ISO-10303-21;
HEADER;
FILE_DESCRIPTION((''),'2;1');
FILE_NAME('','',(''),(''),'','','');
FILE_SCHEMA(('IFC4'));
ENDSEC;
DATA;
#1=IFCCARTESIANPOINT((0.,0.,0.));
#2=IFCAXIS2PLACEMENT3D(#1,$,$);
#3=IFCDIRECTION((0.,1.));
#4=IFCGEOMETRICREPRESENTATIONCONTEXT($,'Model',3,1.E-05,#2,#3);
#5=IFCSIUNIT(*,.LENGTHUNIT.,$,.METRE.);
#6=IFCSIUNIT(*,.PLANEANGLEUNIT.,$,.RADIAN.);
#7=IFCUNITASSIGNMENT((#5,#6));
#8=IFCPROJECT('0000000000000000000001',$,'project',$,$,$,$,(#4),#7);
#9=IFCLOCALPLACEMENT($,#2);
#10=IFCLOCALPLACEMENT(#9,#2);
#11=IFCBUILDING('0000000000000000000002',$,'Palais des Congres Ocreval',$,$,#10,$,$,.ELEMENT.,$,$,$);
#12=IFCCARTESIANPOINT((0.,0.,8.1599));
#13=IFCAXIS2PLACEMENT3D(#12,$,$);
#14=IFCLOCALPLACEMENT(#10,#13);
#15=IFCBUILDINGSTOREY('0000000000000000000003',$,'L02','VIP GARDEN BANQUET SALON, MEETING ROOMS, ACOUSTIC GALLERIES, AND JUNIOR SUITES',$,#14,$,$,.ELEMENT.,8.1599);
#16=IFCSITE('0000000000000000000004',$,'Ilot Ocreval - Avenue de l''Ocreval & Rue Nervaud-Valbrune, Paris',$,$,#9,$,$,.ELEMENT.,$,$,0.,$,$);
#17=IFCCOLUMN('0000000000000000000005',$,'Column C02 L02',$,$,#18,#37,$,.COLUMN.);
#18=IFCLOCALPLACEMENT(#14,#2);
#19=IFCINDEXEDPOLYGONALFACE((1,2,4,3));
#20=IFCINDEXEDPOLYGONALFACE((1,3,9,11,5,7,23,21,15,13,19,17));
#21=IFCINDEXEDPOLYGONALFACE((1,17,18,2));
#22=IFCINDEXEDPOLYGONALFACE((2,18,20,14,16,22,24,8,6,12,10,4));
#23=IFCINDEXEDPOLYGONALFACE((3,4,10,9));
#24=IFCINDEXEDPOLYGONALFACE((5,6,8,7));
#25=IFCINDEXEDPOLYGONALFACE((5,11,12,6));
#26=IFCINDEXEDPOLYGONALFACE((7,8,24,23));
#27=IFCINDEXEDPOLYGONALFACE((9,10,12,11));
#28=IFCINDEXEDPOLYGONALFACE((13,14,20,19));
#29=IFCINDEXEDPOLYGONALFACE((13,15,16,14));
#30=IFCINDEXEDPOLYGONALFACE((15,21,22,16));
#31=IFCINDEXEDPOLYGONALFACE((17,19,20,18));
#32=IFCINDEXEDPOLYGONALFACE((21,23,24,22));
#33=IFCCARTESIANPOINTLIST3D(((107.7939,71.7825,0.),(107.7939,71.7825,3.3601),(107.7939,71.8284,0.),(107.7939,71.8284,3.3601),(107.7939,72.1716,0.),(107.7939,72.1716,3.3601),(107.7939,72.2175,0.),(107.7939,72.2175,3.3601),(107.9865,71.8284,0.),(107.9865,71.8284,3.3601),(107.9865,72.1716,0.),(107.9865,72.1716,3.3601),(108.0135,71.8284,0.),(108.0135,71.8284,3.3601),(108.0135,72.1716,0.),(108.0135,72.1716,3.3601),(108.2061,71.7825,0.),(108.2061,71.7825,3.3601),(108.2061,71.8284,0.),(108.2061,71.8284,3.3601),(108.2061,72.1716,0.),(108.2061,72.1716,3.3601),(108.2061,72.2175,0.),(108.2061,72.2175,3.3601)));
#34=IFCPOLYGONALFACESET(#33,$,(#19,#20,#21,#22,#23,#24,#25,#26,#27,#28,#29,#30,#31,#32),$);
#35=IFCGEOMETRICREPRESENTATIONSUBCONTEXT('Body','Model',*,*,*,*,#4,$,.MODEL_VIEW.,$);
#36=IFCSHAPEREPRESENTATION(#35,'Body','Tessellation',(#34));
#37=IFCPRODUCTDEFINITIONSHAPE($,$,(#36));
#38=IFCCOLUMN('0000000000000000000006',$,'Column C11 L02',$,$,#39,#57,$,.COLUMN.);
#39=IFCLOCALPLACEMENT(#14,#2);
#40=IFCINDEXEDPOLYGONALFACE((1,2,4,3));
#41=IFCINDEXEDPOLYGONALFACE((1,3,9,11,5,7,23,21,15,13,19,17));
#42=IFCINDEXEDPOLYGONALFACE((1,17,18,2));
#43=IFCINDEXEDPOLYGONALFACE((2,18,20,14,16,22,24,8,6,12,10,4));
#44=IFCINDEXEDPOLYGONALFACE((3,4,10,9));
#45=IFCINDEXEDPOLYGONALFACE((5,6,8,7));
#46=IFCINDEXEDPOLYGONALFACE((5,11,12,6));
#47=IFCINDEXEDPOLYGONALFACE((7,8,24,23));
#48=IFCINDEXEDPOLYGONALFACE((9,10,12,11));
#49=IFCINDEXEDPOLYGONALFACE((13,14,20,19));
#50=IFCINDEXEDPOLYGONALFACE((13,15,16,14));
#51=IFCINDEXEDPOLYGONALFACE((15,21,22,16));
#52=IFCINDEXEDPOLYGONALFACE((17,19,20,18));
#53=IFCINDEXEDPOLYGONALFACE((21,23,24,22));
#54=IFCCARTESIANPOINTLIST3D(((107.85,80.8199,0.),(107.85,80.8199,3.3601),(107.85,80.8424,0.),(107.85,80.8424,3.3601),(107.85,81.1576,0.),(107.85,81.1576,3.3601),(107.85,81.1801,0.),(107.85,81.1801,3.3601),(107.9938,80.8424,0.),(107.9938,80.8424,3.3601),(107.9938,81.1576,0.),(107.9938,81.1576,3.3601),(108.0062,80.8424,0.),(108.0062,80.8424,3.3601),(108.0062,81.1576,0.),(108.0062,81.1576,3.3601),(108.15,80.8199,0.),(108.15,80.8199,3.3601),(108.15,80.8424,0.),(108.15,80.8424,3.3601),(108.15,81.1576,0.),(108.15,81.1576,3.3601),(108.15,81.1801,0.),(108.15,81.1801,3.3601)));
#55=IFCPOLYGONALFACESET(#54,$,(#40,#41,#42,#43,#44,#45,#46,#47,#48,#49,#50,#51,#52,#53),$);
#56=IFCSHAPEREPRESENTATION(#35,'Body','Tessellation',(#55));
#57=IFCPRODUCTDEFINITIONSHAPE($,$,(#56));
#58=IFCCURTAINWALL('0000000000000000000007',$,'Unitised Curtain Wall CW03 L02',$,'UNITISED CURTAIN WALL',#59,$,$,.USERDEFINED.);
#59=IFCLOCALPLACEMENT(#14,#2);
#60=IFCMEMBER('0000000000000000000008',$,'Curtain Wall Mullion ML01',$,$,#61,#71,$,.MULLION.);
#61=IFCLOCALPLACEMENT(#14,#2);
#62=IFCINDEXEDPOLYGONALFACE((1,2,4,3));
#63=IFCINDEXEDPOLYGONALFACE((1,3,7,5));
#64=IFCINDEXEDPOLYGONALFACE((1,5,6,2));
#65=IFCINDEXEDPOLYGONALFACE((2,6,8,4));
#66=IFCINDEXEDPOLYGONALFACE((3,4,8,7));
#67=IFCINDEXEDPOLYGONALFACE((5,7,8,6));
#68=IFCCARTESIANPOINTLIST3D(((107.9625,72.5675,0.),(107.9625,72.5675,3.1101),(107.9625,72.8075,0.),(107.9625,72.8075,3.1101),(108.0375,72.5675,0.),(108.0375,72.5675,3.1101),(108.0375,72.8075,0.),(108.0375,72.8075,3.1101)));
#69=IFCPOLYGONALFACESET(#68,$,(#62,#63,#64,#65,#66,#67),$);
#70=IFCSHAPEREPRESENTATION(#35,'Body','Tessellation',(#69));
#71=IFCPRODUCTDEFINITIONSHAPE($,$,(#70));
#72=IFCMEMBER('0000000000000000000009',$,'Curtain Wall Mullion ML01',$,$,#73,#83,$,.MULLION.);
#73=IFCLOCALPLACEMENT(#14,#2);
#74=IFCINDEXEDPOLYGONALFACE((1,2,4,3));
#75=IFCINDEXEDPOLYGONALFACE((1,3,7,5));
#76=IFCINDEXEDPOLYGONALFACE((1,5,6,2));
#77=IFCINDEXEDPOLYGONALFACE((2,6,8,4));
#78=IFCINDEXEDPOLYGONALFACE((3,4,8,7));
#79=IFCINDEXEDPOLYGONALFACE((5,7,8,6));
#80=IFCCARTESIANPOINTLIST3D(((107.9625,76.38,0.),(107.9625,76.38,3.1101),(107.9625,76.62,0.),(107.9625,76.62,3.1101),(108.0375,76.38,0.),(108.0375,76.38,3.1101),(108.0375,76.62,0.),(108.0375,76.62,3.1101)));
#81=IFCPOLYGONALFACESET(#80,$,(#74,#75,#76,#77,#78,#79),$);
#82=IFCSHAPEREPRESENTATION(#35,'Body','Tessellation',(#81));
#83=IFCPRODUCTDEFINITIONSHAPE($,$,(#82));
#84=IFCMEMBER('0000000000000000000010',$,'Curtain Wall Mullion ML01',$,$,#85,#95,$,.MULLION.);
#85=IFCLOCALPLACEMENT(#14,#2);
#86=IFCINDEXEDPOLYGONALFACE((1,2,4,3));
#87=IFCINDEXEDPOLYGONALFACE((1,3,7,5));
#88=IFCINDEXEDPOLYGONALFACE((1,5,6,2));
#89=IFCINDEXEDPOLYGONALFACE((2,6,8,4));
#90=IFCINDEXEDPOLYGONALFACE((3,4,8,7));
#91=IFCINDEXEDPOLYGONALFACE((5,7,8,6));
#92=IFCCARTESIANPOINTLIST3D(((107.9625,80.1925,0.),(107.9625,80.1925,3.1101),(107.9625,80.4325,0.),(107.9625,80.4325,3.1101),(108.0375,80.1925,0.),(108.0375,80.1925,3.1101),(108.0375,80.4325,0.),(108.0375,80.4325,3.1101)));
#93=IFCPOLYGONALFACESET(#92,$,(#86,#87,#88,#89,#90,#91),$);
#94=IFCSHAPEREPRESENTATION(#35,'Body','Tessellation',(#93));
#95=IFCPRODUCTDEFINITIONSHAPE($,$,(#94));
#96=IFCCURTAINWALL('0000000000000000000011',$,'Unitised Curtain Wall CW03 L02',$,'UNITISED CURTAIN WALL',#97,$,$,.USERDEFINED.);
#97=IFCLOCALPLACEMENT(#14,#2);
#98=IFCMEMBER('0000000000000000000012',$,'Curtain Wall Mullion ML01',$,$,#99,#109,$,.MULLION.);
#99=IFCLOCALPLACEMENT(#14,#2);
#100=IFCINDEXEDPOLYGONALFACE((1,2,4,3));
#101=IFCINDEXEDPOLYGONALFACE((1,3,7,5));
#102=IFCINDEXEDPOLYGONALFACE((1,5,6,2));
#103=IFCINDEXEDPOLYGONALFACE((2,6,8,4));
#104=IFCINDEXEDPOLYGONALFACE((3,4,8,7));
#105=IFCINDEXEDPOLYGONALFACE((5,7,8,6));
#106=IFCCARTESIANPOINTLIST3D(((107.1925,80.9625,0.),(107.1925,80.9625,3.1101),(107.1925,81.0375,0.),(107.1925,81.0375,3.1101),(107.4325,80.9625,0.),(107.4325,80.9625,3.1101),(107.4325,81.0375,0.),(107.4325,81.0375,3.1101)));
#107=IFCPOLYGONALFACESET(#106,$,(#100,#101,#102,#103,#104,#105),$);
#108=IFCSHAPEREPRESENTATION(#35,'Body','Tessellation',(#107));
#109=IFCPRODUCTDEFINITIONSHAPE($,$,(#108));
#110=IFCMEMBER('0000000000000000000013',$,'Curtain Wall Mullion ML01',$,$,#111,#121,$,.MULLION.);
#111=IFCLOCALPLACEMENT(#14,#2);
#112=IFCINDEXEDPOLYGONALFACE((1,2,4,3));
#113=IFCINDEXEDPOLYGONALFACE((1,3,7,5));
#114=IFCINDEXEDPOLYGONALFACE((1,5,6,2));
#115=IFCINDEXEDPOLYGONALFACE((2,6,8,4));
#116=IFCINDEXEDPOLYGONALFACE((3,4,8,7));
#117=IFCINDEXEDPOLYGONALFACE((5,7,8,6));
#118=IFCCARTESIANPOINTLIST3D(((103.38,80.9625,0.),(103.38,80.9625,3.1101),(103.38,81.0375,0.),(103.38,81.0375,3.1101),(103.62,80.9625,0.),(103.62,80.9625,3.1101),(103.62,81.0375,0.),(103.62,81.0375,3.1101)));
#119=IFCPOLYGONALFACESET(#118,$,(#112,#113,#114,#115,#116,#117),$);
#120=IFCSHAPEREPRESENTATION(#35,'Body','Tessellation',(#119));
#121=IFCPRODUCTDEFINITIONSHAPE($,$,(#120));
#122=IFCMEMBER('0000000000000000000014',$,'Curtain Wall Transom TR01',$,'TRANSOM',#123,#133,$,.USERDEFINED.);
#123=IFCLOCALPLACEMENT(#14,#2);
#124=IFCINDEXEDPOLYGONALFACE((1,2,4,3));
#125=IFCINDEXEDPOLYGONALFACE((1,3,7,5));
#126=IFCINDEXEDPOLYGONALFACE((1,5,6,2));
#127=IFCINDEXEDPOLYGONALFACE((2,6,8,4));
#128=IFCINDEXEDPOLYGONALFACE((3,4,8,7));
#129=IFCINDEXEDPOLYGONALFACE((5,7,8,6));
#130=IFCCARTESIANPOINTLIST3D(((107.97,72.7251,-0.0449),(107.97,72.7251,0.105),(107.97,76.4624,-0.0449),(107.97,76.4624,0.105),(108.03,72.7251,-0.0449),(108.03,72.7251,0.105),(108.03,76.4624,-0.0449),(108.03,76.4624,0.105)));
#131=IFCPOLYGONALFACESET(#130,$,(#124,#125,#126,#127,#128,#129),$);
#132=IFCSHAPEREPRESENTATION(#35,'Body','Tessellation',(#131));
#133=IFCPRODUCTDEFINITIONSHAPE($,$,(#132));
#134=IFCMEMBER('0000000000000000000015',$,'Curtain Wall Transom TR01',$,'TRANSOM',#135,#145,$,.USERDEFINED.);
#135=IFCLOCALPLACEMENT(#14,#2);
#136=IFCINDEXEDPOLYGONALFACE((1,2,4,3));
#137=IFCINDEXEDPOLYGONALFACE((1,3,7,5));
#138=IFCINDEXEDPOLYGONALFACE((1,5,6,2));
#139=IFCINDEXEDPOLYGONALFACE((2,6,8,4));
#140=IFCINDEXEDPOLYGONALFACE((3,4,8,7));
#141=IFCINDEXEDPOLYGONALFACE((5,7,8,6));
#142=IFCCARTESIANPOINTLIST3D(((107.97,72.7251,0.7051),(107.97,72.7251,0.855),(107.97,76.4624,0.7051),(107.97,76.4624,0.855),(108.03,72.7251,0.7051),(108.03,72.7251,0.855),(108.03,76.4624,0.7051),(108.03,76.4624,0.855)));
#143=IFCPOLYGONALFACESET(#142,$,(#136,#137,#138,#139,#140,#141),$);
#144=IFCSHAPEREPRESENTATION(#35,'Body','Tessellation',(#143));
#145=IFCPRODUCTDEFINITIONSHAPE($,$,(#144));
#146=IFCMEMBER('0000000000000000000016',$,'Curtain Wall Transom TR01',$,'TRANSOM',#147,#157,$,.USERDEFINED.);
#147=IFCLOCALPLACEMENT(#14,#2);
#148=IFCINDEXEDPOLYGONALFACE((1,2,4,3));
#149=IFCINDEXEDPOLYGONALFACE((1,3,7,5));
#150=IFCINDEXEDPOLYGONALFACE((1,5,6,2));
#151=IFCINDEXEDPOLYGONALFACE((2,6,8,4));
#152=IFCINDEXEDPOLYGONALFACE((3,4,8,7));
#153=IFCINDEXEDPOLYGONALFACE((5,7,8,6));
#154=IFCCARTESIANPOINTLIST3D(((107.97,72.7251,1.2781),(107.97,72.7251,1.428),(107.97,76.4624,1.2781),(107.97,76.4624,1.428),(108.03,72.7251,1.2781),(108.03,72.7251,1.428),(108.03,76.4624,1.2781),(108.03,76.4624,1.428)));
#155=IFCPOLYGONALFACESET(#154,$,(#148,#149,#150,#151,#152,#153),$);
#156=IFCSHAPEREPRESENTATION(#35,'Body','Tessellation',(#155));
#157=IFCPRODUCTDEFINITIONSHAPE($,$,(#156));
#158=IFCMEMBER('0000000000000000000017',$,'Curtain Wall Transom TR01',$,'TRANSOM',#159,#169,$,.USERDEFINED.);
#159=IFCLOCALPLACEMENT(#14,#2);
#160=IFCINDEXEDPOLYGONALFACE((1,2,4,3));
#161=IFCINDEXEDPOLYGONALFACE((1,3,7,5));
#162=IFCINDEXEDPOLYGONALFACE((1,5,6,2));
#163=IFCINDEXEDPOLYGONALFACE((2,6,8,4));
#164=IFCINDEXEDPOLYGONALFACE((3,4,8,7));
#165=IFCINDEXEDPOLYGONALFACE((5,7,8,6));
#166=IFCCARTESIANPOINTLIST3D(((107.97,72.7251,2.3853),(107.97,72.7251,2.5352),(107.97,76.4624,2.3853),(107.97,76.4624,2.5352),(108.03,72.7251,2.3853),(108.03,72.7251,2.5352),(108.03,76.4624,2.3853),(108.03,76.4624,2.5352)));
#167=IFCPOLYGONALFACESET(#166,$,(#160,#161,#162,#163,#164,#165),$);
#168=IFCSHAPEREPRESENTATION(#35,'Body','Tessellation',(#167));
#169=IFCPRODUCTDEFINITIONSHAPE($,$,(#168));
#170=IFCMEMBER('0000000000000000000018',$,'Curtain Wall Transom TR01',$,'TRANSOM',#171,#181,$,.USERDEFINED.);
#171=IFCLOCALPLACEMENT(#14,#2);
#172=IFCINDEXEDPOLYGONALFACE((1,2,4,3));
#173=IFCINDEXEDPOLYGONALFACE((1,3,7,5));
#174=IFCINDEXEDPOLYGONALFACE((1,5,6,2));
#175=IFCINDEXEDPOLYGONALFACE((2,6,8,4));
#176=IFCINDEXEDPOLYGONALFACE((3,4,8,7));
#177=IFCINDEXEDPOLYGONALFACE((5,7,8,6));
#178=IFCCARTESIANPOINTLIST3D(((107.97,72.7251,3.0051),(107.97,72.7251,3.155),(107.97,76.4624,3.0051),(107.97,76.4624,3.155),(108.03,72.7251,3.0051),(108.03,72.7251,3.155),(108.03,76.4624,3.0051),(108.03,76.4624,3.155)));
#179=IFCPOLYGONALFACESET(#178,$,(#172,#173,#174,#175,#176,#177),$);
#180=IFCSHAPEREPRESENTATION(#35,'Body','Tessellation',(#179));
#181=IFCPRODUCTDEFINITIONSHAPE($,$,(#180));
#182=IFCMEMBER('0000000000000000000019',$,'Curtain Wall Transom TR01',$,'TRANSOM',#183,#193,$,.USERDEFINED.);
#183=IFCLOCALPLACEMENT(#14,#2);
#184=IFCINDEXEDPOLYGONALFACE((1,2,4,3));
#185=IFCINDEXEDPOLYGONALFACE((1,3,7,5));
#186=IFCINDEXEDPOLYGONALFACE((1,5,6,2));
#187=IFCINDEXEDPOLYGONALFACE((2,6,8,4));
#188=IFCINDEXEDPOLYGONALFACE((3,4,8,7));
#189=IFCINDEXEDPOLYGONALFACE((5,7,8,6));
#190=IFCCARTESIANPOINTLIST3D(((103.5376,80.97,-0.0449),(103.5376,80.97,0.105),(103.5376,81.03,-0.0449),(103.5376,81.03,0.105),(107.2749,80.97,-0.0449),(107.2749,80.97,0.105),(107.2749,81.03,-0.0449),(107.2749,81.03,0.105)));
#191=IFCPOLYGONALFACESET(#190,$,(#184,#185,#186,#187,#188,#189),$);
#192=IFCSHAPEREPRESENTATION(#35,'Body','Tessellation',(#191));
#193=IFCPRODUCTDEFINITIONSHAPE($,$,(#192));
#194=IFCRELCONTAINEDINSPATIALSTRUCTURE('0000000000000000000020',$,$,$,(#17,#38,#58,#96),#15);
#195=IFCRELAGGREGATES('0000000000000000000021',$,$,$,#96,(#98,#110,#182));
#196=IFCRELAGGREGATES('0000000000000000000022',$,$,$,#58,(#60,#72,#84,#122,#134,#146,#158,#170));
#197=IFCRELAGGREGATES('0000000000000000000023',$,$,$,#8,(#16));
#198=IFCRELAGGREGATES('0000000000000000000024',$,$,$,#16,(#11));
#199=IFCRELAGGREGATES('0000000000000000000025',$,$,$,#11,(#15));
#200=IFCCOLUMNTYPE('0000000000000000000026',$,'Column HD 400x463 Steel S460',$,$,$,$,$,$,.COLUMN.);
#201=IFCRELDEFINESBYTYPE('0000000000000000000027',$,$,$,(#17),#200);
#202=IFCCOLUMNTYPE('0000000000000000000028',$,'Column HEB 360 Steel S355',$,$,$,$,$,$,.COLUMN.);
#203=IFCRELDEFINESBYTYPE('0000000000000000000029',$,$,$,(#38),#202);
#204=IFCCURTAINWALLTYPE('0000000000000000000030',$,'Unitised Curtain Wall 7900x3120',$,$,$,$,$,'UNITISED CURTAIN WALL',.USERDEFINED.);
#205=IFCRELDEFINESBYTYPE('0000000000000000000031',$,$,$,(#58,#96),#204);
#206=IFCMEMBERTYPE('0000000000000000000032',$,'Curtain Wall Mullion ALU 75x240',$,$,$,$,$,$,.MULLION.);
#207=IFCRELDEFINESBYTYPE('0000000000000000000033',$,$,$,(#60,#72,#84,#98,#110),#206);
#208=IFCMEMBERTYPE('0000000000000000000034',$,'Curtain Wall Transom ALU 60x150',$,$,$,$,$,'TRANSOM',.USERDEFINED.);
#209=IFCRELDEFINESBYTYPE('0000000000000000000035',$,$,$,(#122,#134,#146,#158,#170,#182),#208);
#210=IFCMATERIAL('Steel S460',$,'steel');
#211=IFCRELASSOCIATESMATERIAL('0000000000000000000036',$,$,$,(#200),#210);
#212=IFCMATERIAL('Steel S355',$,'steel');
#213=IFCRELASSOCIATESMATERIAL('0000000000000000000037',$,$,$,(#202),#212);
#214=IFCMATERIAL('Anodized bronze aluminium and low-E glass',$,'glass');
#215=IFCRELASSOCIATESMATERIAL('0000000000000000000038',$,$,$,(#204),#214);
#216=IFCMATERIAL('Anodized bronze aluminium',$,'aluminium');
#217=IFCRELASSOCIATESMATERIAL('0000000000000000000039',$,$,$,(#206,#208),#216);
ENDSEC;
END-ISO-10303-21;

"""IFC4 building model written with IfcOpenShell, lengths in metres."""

from ifc_helpers import new_model, si_unit, direction, frame, origin, origin_2d, place, context, subcontext, project, spatial, rectangle, i_section, extrude, material, material_profile, profile_set, type_object, element, aggregate, save


model = new_model("IFC4")

# Units and contexts
model_context = context("Model", 3, precision=1e-05, world=origin(), true_north=direction((0.0, 1.0)))
body_context = subcontext(model_context, "Body", "Model", "MODEL_VIEW")
ifc_project = project(units=[si_unit("LENGTHUNIT", "METRE"), si_unit("PLANEANGLEUNIT", "RADIAN")], contexts=[model_context])

# Site, building, storey
site_placement = place(None, origin())
site = spatial("IfcSite", under=ifc_project, at=site_placement, Name="Ilot Ocreval - Avenue de l'Ocreval & Rue Nervaud-Valbrune, Paris", CompositionType="ELEMENT", RefElevation=0.0)
building_placement = place(site_placement, origin())
building = spatial("IfcBuilding", under=site, at=building_placement, Name="Palais des Congres Ocreval", CompositionType="ELEMENT")
storey_placement = place(building_placement, frame((0.0, 0.0, 8.1599)))
storey = spatial("IfcBuildingStorey", under=building, at=storey_placement, Name="L02", Description="VIP GARDEN BANQUET SALON, MEETING ROOMS, ACOUSTIC GALLERIES, AND JUNIOR SUITES", CompositionType="ELEMENT", Elevation=8.1599)

# Columns
ifc_material_1 = material(Name="Steel S460", Category="steel")
ifc_material_profile_1 = material_profile(ifc_material_1, i_section(OverallWidth=0.4121, OverallDepth=0.4351, WebThickness=0.0271, FlangeThickness=0.0459, at=origin_2d()), Name="HD 400x463")
ifc_profile_set_1 = profile_set([ifc_material_profile_1], Name="Steel S460")
column_type_1 = type_object("IfcColumnType", Name="Column HD 400x463 Steel S460", PredefinedType="COLUMN", material=ifc_profile_set_1)
column_1_placement = place(storey_placement, frame((108.0, 72.0, 0.0), z_axis=(0.0, 0.0, 1.0), x_axis=(1.0, 0.0, 0.0)))
element("IfcColumn", 1, at=column_1_placement, inside=storey, type_object=column_type_1, Name="Column C02 L02", PredefinedType="COLUMN", context=body_context, shape_type="SweptSolid", body=[
    extrude(i_section(OverallWidth=0.4121, OverallDepth=0.4351, WebThickness=0.0271, FlangeThickness=0.0459, at=origin_2d()), origin(), (0.0, 0.0, 1.0), 3.3601),
])
ifc_material_2 = material(Name="Steel S355", Category="steel")
ifc_material_profile_2 = material_profile(ifc_material_2, i_section(OverallWidth=0.3, OverallDepth=0.3601, WebThickness=0.0125, FlangeThickness=0.0225, at=origin_2d()), Name="HEB 360")
ifc_profile_set_2 = profile_set([ifc_material_profile_2], Name="Steel S355")
column_type_2 = type_object("IfcColumnType", Name="Column HEB 360 Steel S355", PredefinedType="COLUMN", material=ifc_profile_set_2)
column_2_placement = place(storey_placement, frame((108.0, 81.0, 0.0), z_axis=(0.0, 0.0, 1.0), x_axis=(1.0, 0.0, 0.0)))
element("IfcColumn", 2, at=column_2_placement, inside=storey, type_object=column_type_2, Name="Column C11 L02", PredefinedType="COLUMN", context=body_context, shape_type="SweptSolid", body=[
    extrude(i_section(OverallWidth=0.3, OverallDepth=0.3601, WebThickness=0.0125, FlangeThickness=0.0225, at=origin_2d()), origin(), (0.0, 0.0, 1.0), 3.3601),
])

# Curtain walls, members
ifc_material_3 = material(Name="Anodized bronze aluminium and low-E glass", Category="glass")
curtain_wall_type = type_object("IfcCurtainWallType", Name="Unitised Curtain Wall 7900x3120", ElementType="UNITISED CURTAIN WALL", PredefinedType="USERDEFINED", material=ifc_material_3)
curtain_wall_1_placement = place(storey_placement, origin())
curtain_wall_1 = element("IfcCurtainWall", 3, at=curtain_wall_1_placement, inside=storey, type_object=curtain_wall_type, Name="Unitised Curtain Wall CW03 L02", ObjectType="UNITISED CURTAIN WALL", PredefinedType="USERDEFINED")
ifc_material_4 = material(Name="Anodized bronze aluminium", Category="aluminium")
ifc_material_profile_3 = material_profile(ifc_material_4, rectangle(XDim=0.075, YDim=0.24, at=origin_2d()), Name="ALU 75x240")
ifc_profile_set_3 = profile_set([ifc_material_profile_3], Name="Anodized bronze aluminium")
member_type_1 = type_object("IfcMemberType", Name="Curtain Wall Mullion ALU 75x240", PredefinedType="MULLION", material=ifc_profile_set_3)
member_1_placement = place(storey_placement, frame((108.0, 72.6875, 0.0), z_axis=(0.0, 0.0, 1.0), x_axis=(-1.0, 0.0, 0.0)))
member_1 = element("IfcMember", 4, at=member_1_placement, type_object=member_type_1, Name="Curtain Wall Mullion ML01", PredefinedType="MULLION", context=body_context, shape_type="SweptSolid", body=[
    extrude(rectangle(XDim=0.075, YDim=0.24, at=origin_2d()), origin(), (0.0, 0.0, 1.0), 3.1101),
])
member_2_placement = place(storey_placement, frame((108.0, 76.5, 0.0), z_axis=(0.0, 0.0, 1.0), x_axis=(-1.0, 0.0, 0.0)))
member_2 = element("IfcMember", 5, at=member_2_placement, type_object=member_type_1, Name="Curtain Wall Mullion ML01", PredefinedType="MULLION", context=body_context, shape_type="SweptSolid", body=[
    extrude(rectangle(XDim=0.075, YDim=0.24, at=origin_2d()), origin(), (0.0, 0.0, 1.0), 3.1101),
])
member_3_placement = place(storey_placement, frame((108.0, 80.3125, 0.0), z_axis=(0.0, 0.0, 1.0), x_axis=(-1.0, 0.0, 0.0)))
member_3 = element("IfcMember", 6, at=member_3_placement, type_object=member_type_1, Name="Curtain Wall Mullion ML01", PredefinedType="MULLION", context=body_context, shape_type="SweptSolid", body=[
    extrude(rectangle(XDim=0.075, YDim=0.24, at=origin_2d()), origin(), (0.0, 0.0, 1.0), 3.1101),
])
curtain_wall_2_placement = place(storey_placement, origin())
curtain_wall_2 = element("IfcCurtainWall", 7, at=curtain_wall_2_placement, inside=storey, type_object=curtain_wall_type, Name="Unitised Curtain Wall CW03 L02", ObjectType="UNITISED CURTAIN WALL", PredefinedType="USERDEFINED")
member_4_placement = place(storey_placement, frame((107.3125, 81.0, 0.0), z_axis=(0.0, 0.0, 1.0), x_axis=(0.0, -1.0, 0.0)))
member_4 = element("IfcMember", 8, at=member_4_placement, type_object=member_type_1, Name="Curtain Wall Mullion ML01", PredefinedType="MULLION", context=body_context, shape_type="SweptSolid", body=[
    extrude(rectangle(XDim=0.075, YDim=0.24, at=origin_2d()), origin(), (0.0, 0.0, 1.0), 3.1101),
])
member_5_placement = place(storey_placement, frame((103.5, 81.0, 0.0), z_axis=(0.0, 0.0, 1.0), x_axis=(0.0, -1.0, 0.0)))
member_5 = element("IfcMember", 9, at=member_5_placement, type_object=member_type_1, Name="Curtain Wall Mullion ML01", PredefinedType="MULLION", context=body_context, shape_type="SweptSolid", body=[
    extrude(rectangle(XDim=0.075, YDim=0.24, at=origin_2d()), origin(), (0.0, 0.0, 1.0), 3.1101),
])

# Members
ifc_material_profile_4 = material_profile(ifc_material_4, rectangle(XDim=0.0601, YDim=0.1499, at=origin_2d()), Name="ALU 60x150")
ifc_profile_set_4 = profile_set([ifc_material_profile_4], Name="Anodized bronze aluminium")
member_type_2 = type_object("IfcMemberType", Name="Curtain Wall Transom ALU 60x150", ElementType="TRANSOM", PredefinedType="USERDEFINED", material=ifc_profile_set_4)
member_6_placement = place(storey_placement, frame((108.0, 72.7251, 0.03), z_axis=(0.0, 1.0, 0.0), x_axis=(-1.0, 0.0, 0.0)))
member_6 = element("IfcMember", 10, at=member_6_placement, type_object=member_type_2, Name="Curtain Wall Transom TR01", ObjectType="TRANSOM", PredefinedType="USERDEFINED", context=body_context, shape_type="SweptSolid", body=[
    extrude(rectangle(XDim=0.0601, YDim=0.1499, at=origin_2d()), origin(), (0.0, 0.0, 1.0), 3.7373),
])
member_7_placement = place(storey_placement, frame((108.0, 72.7251, 0.78), z_axis=(0.0, 1.0, 0.0), x_axis=(-1.0, 0.0, 0.0)))
member_7 = element("IfcMember", 11, at=member_7_placement, type_object=member_type_2, Name="Curtain Wall Transom TR01", ObjectType="TRANSOM", PredefinedType="USERDEFINED", context=body_context, shape_type="SweptSolid", body=[
    extrude(rectangle(XDim=0.0601, YDim=0.1499, at=origin_2d()), origin(), (0.0, 0.0, 1.0), 3.7373),
])
member_8_placement = place(storey_placement, frame((108.0, 72.7251, 1.353), z_axis=(0.0, 1.0, 0.0), x_axis=(-1.0, 0.0, 0.0)))
member_8 = element("IfcMember", 12, at=member_8_placement, type_object=member_type_2, Name="Curtain Wall Transom TR01", ObjectType="TRANSOM", PredefinedType="USERDEFINED", context=body_context, shape_type="SweptSolid", body=[
    extrude(rectangle(XDim=0.0601, YDim=0.1499, at=origin_2d()), origin(), (0.0, 0.0, 1.0), 3.7373),
])
member_9_placement = place(storey_placement, frame((108.0, 72.7251, 2.4602), z_axis=(0.0, 1.0, 0.0), x_axis=(-1.0, 0.0, 0.0)))
member_9 = element("IfcMember", 13, at=member_9_placement, type_object=member_type_2, Name="Curtain Wall Transom TR01", ObjectType="TRANSOM", PredefinedType="USERDEFINED", context=body_context, shape_type="SweptSolid", body=[
    extrude(rectangle(XDim=0.0601, YDim=0.1499, at=origin_2d()), origin(), (0.0, 0.0, 1.0), 3.7373),
])
member_10_placement = place(storey_placement, frame((108.0, 72.7251, 3.0801), z_axis=(0.0, 1.0, 0.0), x_axis=(-1.0, 0.0, 0.0)))
member_10 = element("IfcMember", 14, at=member_10_placement, type_object=member_type_2, Name="Curtain Wall Transom TR01", ObjectType="TRANSOM", PredefinedType="USERDEFINED", context=body_context, shape_type="SweptSolid", body=[
    extrude(rectangle(XDim=0.0601, YDim=0.1499, at=origin_2d()), origin(), (0.0, 0.0, 1.0), 3.7373),
])
member_11_placement = place(storey_placement, frame((107.2749, 81.0, 0.03), z_axis=(-1.0, 0.0, 0.0), x_axis=(0.0, -1.0, 0.0)))
member_11 = element("IfcMember", 15, at=member_11_placement, type_object=member_type_2, Name="Curtain Wall Transom TR01", ObjectType="TRANSOM", PredefinedType="USERDEFINED", context=body_context, shape_type="SweptSolid", body=[
    extrude(rectangle(XDim=0.0601, YDim=0.1499, at=origin_2d()), origin(), (0.0, 0.0, 1.0), 3.7373),
])

aggregate(curtain_wall_2, [member_4, member_5, member_11])
aggregate(curtain_wall_1, [member_1, member_2, member_3, member_6, member_7, member_8, member_9, member_10])

save(model, "model.ifc")
